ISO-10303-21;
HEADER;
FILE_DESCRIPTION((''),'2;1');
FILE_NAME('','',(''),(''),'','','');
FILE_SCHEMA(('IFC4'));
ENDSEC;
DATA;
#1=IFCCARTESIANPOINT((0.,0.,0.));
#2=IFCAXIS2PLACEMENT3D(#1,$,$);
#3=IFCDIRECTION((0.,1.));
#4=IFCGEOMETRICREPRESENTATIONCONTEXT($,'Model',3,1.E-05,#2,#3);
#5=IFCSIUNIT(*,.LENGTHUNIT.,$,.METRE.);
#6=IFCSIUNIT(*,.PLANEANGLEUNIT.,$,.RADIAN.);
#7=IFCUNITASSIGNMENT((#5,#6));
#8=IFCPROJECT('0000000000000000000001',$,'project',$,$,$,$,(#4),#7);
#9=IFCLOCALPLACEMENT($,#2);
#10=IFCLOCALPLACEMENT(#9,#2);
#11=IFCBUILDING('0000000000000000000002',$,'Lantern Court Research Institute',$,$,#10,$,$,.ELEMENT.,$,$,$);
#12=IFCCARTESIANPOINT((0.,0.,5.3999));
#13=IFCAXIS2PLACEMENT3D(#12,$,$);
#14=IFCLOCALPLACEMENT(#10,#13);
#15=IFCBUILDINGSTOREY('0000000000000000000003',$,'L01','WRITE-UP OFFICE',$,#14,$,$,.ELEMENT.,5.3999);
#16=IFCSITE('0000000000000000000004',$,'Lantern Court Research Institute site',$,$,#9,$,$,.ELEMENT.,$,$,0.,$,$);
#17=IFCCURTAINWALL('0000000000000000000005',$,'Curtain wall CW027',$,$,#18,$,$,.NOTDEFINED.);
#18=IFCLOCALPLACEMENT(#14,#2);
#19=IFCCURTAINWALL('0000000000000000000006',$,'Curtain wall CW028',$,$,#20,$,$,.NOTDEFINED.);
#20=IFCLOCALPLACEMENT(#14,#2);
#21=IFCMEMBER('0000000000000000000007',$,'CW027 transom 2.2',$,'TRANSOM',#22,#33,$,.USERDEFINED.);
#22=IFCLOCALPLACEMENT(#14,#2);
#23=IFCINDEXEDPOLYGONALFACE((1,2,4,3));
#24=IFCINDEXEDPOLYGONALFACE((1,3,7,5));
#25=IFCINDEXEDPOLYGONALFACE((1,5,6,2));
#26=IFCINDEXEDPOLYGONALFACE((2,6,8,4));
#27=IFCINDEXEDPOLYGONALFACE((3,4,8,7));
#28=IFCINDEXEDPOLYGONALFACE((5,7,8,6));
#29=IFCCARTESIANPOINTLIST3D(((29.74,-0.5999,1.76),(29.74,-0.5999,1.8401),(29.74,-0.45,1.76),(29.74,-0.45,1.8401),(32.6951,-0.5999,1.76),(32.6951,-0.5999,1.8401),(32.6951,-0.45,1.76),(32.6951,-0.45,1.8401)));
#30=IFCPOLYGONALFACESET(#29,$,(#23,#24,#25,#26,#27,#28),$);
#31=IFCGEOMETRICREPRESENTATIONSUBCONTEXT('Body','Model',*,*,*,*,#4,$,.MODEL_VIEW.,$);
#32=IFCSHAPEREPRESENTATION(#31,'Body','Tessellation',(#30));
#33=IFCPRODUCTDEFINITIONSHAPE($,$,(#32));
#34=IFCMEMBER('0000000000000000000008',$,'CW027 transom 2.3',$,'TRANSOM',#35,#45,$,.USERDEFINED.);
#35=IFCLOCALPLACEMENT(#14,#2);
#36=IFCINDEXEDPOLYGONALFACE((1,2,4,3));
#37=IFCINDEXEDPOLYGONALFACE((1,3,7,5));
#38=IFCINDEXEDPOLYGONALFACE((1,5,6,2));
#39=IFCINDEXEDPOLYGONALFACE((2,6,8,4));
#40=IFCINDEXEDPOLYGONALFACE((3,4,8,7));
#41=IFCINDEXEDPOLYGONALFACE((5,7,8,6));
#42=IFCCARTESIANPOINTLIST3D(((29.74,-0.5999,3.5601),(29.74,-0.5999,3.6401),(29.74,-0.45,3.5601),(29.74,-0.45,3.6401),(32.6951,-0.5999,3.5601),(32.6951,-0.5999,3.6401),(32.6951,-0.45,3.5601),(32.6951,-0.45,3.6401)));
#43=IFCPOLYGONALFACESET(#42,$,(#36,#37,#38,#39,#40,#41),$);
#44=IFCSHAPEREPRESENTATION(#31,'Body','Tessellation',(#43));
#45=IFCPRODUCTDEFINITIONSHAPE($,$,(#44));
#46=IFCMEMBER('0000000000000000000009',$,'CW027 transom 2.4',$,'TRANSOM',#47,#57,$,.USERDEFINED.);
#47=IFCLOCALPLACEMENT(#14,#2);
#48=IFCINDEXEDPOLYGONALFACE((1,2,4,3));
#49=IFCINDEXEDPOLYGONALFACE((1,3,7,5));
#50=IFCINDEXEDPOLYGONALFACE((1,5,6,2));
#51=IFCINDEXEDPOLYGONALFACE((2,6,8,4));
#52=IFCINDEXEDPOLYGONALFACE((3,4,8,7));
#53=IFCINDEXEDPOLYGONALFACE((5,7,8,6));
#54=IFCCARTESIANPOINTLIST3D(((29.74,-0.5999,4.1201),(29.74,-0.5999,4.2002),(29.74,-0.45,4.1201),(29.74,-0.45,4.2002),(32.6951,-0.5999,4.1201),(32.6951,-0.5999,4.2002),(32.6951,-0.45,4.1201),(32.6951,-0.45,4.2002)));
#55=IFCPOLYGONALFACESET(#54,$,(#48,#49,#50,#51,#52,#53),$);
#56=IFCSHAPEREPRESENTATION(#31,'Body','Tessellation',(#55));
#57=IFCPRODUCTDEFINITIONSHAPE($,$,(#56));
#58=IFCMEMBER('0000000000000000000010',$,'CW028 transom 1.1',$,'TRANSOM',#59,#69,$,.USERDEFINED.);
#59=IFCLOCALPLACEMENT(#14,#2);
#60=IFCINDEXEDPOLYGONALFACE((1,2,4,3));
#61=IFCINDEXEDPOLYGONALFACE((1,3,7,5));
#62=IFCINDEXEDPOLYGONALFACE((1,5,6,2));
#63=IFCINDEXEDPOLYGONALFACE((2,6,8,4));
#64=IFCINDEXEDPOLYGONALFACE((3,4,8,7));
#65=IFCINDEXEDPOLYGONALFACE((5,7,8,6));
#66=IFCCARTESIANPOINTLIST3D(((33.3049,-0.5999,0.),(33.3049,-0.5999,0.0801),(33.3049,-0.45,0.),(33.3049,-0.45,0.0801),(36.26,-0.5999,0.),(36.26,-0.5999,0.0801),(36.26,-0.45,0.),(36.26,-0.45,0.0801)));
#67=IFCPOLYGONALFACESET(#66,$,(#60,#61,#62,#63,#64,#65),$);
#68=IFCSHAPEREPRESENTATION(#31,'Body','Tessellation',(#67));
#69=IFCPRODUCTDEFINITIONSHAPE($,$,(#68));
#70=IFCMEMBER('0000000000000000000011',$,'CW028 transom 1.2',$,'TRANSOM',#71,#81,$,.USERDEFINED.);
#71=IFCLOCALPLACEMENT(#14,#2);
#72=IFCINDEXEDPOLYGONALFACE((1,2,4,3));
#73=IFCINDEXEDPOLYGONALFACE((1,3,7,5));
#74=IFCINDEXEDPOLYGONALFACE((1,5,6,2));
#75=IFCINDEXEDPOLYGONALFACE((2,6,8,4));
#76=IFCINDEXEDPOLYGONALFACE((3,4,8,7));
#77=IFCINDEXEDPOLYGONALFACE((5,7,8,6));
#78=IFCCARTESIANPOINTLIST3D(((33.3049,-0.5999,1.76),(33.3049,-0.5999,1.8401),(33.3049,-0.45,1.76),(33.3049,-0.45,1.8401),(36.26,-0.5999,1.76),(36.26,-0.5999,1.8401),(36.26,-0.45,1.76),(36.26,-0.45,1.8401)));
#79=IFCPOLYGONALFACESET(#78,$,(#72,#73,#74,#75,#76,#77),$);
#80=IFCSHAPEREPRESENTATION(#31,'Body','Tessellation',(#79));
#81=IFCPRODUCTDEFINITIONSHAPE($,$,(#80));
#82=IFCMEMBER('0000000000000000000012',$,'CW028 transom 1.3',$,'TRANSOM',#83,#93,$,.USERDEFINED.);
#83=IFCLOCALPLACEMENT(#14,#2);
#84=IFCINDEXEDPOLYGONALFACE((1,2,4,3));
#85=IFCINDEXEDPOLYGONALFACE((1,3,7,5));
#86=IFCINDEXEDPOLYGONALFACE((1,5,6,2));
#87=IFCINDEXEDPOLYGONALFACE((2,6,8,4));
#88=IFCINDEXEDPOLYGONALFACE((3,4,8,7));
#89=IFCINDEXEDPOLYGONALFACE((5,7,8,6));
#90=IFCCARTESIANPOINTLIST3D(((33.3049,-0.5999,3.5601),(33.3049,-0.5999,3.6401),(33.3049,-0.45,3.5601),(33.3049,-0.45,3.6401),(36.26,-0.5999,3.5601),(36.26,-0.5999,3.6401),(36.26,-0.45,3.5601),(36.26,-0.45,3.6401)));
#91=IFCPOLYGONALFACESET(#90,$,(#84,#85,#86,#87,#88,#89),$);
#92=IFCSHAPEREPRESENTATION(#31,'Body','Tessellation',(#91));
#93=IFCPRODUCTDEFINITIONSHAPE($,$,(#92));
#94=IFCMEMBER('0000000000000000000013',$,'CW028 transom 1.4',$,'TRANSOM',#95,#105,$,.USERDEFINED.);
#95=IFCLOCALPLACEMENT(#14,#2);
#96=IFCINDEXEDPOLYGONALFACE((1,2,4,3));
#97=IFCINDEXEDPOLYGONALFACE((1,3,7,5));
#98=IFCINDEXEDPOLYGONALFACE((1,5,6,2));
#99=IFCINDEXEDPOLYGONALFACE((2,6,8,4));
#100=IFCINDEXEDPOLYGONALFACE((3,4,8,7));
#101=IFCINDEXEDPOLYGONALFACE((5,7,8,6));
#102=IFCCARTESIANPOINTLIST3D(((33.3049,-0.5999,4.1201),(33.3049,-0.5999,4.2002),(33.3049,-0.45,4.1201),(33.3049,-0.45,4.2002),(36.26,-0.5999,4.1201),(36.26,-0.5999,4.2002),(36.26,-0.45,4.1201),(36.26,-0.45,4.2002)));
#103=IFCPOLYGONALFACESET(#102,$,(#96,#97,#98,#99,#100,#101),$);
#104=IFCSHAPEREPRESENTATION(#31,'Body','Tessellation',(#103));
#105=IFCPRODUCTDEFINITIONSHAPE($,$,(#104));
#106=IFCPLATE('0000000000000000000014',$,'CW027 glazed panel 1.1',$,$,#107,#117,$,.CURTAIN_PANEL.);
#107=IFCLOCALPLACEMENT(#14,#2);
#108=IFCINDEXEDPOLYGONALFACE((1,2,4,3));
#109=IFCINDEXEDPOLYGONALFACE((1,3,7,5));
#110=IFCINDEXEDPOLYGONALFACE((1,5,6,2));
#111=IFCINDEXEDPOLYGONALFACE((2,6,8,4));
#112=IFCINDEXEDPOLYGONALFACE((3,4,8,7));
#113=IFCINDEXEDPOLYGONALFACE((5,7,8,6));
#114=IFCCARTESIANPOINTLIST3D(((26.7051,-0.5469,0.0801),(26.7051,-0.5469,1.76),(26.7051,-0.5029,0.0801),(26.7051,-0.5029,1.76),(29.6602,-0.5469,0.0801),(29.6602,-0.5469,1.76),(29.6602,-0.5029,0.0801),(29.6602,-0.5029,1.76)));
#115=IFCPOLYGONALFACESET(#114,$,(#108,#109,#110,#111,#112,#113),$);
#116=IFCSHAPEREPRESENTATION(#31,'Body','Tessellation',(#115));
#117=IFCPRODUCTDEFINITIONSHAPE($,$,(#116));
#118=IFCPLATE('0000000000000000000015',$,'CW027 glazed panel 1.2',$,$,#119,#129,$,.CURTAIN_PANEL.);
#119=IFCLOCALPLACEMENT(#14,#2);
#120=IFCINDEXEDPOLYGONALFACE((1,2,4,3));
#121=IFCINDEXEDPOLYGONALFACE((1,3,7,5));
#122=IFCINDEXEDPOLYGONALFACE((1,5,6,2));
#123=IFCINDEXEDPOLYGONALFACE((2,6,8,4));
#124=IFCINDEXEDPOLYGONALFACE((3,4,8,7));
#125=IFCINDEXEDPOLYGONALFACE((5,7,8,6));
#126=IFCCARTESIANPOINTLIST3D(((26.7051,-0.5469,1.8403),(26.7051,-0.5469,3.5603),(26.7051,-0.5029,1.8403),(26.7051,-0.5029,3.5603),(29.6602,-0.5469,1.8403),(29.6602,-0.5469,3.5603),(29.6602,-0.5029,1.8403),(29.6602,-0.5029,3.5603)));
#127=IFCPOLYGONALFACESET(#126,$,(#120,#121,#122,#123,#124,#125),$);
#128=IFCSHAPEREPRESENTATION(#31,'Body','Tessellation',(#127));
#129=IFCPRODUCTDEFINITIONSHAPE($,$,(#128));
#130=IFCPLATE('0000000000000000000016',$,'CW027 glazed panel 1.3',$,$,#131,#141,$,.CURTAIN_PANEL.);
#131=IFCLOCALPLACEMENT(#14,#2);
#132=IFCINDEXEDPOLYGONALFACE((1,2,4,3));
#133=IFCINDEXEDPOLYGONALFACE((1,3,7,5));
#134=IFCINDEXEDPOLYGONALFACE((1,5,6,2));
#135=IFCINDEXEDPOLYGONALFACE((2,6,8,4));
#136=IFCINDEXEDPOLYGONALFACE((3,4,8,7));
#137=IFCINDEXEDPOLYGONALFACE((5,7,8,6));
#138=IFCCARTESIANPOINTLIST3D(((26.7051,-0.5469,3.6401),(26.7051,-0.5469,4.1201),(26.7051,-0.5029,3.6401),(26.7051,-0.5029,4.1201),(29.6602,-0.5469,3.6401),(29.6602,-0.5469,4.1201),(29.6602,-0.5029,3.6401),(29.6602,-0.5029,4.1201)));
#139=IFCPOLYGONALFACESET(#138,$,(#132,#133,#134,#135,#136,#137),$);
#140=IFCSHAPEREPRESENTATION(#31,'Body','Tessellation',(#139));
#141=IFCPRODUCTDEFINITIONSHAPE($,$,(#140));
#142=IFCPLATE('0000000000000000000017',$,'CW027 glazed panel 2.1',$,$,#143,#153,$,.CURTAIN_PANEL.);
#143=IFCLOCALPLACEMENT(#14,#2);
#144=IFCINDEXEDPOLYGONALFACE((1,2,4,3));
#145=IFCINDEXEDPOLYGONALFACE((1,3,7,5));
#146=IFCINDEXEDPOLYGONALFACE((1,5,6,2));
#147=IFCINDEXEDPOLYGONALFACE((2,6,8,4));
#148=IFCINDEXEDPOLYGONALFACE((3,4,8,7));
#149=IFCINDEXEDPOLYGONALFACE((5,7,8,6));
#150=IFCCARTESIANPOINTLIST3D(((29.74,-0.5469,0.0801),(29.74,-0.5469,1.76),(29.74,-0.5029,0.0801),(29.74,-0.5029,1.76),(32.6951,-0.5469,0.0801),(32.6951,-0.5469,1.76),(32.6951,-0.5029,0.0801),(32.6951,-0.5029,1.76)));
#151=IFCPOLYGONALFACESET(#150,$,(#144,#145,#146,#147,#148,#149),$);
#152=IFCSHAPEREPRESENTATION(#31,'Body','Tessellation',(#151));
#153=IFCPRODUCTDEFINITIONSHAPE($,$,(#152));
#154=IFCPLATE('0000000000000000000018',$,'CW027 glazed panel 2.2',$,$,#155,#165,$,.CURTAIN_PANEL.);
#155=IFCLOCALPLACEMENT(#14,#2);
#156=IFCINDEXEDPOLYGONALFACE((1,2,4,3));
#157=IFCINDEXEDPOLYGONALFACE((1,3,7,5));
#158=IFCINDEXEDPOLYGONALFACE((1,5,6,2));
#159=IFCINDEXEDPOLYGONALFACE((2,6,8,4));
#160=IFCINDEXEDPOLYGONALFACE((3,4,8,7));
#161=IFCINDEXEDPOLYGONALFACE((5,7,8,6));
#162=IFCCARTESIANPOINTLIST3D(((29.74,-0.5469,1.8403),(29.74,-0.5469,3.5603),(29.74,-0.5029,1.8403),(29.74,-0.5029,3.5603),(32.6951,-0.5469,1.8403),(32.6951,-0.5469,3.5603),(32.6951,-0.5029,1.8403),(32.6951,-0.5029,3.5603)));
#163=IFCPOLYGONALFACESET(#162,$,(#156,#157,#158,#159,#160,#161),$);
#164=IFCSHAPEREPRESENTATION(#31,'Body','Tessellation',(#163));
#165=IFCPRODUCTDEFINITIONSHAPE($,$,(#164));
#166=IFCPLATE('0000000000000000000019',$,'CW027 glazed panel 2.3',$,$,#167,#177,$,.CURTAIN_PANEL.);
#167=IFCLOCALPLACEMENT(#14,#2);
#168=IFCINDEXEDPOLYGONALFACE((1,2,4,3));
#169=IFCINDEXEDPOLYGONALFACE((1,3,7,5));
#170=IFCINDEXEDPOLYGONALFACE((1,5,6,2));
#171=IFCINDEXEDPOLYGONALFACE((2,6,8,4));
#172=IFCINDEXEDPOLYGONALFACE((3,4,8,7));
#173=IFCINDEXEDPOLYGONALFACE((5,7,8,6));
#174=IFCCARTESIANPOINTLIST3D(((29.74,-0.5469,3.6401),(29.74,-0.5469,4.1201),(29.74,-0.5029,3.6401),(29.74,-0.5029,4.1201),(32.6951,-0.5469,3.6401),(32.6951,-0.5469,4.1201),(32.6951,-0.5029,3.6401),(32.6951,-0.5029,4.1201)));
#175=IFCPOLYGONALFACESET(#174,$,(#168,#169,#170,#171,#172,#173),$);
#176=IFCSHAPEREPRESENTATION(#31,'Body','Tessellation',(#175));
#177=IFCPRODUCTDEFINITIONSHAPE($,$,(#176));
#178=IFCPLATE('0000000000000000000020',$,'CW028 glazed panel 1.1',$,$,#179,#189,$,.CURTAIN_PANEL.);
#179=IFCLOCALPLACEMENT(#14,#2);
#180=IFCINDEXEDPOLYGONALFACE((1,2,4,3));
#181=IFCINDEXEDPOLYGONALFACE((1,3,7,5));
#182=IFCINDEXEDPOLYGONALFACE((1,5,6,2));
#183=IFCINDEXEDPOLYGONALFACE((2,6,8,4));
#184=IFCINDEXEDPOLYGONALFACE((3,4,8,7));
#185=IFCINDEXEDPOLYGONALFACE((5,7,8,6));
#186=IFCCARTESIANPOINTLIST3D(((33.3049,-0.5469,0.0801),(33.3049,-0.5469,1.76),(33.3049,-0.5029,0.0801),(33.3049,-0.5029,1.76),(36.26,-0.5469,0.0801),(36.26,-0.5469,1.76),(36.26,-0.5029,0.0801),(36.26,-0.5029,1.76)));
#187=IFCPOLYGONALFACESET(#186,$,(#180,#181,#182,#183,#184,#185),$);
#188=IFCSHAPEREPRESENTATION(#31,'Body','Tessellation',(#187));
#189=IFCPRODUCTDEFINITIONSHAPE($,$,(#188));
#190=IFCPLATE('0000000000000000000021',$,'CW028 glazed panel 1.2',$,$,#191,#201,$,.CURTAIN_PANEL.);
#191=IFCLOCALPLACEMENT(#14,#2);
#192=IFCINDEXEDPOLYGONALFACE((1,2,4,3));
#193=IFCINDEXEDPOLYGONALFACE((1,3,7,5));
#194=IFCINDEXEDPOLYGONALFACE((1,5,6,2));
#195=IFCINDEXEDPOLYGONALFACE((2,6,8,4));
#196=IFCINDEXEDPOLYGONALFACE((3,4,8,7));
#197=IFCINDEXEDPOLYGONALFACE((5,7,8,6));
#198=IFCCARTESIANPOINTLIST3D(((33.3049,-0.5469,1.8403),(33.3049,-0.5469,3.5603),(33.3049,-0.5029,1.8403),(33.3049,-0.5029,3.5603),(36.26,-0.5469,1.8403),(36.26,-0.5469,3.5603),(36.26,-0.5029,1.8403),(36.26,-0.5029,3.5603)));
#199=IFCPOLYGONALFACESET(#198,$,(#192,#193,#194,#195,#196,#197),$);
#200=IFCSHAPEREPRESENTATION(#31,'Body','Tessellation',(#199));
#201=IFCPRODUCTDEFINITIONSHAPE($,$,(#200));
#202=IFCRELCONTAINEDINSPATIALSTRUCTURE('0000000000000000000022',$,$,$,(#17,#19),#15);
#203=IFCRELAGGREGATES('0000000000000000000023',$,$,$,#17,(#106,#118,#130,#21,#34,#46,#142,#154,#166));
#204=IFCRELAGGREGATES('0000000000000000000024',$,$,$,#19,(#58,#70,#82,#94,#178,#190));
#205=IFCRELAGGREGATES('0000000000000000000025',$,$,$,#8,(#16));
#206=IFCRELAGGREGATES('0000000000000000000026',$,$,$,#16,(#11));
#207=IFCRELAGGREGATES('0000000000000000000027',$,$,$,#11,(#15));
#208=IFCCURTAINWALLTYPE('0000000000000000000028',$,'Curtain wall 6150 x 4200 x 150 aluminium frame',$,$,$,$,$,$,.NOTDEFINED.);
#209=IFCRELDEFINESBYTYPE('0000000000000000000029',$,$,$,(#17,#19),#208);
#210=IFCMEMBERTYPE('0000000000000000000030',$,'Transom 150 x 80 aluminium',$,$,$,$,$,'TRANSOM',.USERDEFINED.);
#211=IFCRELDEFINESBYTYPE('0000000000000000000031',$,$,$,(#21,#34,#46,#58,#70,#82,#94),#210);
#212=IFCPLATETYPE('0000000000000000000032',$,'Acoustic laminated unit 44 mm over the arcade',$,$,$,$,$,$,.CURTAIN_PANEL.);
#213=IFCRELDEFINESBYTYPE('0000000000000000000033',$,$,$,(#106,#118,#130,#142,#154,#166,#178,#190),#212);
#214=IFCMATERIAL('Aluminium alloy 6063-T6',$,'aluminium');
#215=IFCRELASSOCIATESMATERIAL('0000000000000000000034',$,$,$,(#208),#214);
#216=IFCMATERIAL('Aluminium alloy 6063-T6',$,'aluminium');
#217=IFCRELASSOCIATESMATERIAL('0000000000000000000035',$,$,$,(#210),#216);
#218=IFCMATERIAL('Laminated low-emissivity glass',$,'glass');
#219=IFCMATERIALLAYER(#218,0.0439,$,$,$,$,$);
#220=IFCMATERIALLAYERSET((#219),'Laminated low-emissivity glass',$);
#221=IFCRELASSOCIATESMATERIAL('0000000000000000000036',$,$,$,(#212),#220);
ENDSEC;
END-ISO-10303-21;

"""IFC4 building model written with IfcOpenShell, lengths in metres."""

from ifc_helpers import new_model, si_unit, direction, frame, origin, origin_2d, place, context, subcontext, project, spatial, rectangle, extrude, material, layer, layer_set, material_profile, profile_set, type_object, element, aggregate, save


model = new_model("IFC4")

# Units and contexts
model_context = context("Model", 3, precision=1e-05, world=origin(), true_north=direction((0.0, 1.0)))
body_context = subcontext(model_context, "Body", "Model", "MODEL_VIEW")
ifc_project = project(units=[si_unit("LENGTHUNIT", "METRE"), si_unit("PLANEANGLEUNIT", "RADIAN")], contexts=[model_context])

# Site, building, storey
site_placement = place(None, origin())
site = spatial("IfcSite", under=ifc_project, at=site_placement, Name="Lantern Court Research Institute site", CompositionType="ELEMENT", RefElevation=0.0)
building_placement = place(site_placement, origin())
building = spatial("IfcBuilding", under=site, at=building_placement, Name="Lantern Court Research Institute", CompositionType="ELEMENT")
storey_placement = place(building_placement, frame((0.0, 0.0, 5.3999)))
storey = spatial("IfcBuildingStorey", under=building, at=storey_placement, Name="L01", Description="WRITE-UP OFFICE", CompositionType="ELEMENT", Elevation=5.3999)

# Curtain walls
ifc_material_1 = material(Name="Aluminium alloy 6063-T6", Category="aluminium")
curtain_wall_type = type_object("IfcCurtainWallType", Name="Curtain wall 6150 x 4200 x 150 aluminium frame", PredefinedType="NOTDEFINED", material=ifc_material_1)
curtain_wall_1_placement = place(storey_placement, origin())
curtain_wall_1 = element("IfcCurtainWall", 1, at=curtain_wall_1_placement, inside=storey, type_object=curtain_wall_type, Name="Curtain wall CW027", PredefinedType="NOTDEFINED")
curtain_wall_2_placement = place(storey_placement, origin())
curtain_wall_2 = element("IfcCurtainWall", 2, at=curtain_wall_2_placement, inside=storey, type_object=curtain_wall_type, Name="Curtain wall CW028", PredefinedType="NOTDEFINED")

# Members
ifc_material_2 = material(Name="Aluminium alloy 6063-T6", Category="aluminium")
ifc_material_profile_1 = material_profile(ifc_material_2, rectangle(XDim=0.1499, YDim=0.0801, at=origin_2d()), Name="Transom 150 x 80")
ifc_profile_set_1 = profile_set([ifc_material_profile_1], Name="Aluminium alloy 6063-T6")
member_type_1 = type_object("IfcMemberType", Name="Transom 150 x 80 aluminium", ElementType="TRANSOM", PredefinedType="USERDEFINED", material=ifc_profile_set_1)
member_1_placement = place(storey_placement, frame((32.6951, -0.5249, 1.8), z_axis=(-1.0, 0.0, 0.0), x_axis=(0.0, -1.0, 0.0)))
member_1 = element("IfcMember", 3, at=member_1_placement, type_object=member_type_1, Name="CW027 transom 2.2", ObjectType="TRANSOM", PredefinedType="USERDEFINED", context=body_context, shape_type="SweptSolid", body=[
    extrude(rectangle(XDim=0.1499, YDim=0.0801, at=origin_2d()), origin(), (0.0, 0.0, 1.0), 2.9551),
])
member_2_placement = place(storey_placement, frame((32.6951, -0.5249, 3.6001), z_axis=(-1.0, 0.0, 0.0), x_axis=(0.0, -1.0, 0.0)))
member_2 = element("IfcMember", 4, at=member_2_placement, type_object=member_type_1, Name="CW027 transom 2.3", ObjectType="TRANSOM", PredefinedType="USERDEFINED", context=body_context, shape_type="SweptSolid", body=[
    extrude(rectangle(XDim=0.1499, YDim=0.0801, at=origin_2d()), origin(), (0.0, 0.0, 1.0), 2.9551),
])
member_3_placement = place(storey_placement, frame((32.6951, -0.5249, 4.1602), z_axis=(-1.0, 0.0, 0.0), x_axis=(0.0, -1.0, 0.0)))
member_3 = element("IfcMember", 5, at=member_3_placement, type_object=member_type_1, Name="CW027 transom 2.4", ObjectType="TRANSOM", PredefinedType="USERDEFINED", context=body_context, shape_type="SweptSolid", body=[
    extrude(rectangle(XDim=0.1499, YDim=0.0801, at=origin_2d()), origin(), (0.0, 0.0, 1.0), 2.9551),
])
member_4_placement = place(storey_placement, frame((36.26, -0.5249, 0.04), z_axis=(-1.0, 0.0, 0.0), x_axis=(0.0, -1.0, 0.0)))
member_4 = element("IfcMember", 6, at=member_4_placement, type_object=member_type_1, Name="CW028 transom 1.1", ObjectType="TRANSOM", PredefinedType="USERDEFINED", context=body_context, shape_type="SweptSolid", body=[
    extrude(rectangle(XDim=0.1499, YDim=0.0801, at=origin_2d()), origin(), (0.0, 0.0, 1.0), 2.9551),
])
member_5_placement = place(storey_placement, frame((36.26, -0.5249, 1.8), z_axis=(-1.0, 0.0, 0.0), x_axis=(0.0, -1.0, 0.0)))
member_5 = element("IfcMember", 7, at=member_5_placement, type_object=member_type_1, Name="CW028 transom 1.2", ObjectType="TRANSOM", PredefinedType="USERDEFINED", context=body_context, shape_type="SweptSolid", body=[
    extrude(rectangle(XDim=0.1499, YDim=0.0801, at=origin_2d()), origin(), (0.0, 0.0, 1.0), 2.9551),
])
member_6_placement = place(storey_placement, frame((36.26, -0.5249, 3.6001), z_axis=(-1.0, 0.0, 0.0), x_axis=(0.0, -1.0, 0.0)))
member_6 = element("IfcMember", 8, at=member_6_placement, type_object=member_type_1, Name="CW028 transom 1.3", ObjectType="TRANSOM", PredefinedType="USERDEFINED", context=body_context, shape_type="SweptSolid", body=[
    extrude(rectangle(XDim=0.1499, YDim=0.0801, at=origin_2d()), origin(), (0.0, 0.0, 1.0), 2.9551),
])
member_7_placement = place(storey_placement, frame((36.26, -0.5249, 4.1602), z_axis=(-1.0, 0.0, 0.0), x_axis=(0.0, -1.0, 0.0)))
member_7 = element("IfcMember", 9, at=member_7_placement, type_object=member_type_1, Name="CW028 transom 1.4", ObjectType="TRANSOM", PredefinedType="USERDEFINED", context=body_context, shape_type="SweptSolid", body=[
    extrude(rectangle(XDim=0.1499, YDim=0.0801, at=origin_2d()), origin(), (0.0, 0.0, 1.0), 2.9551),
])

# Plates
ifc_material_3 = material(Name="Laminated low-emissivity glass", Category="glass")
ifc_layer_1 = layer(ifc_material_3, 0.0439)
ifc_layer_set_1 = layer_set([ifc_layer_1], Name="Laminated low-emissivity glass")
plate_type = type_object("IfcPlateType", Name="Acoustic laminated unit 44 mm over the arcade", PredefinedType="CURTAIN_PANEL", material=ifc_layer_set_1)
plate_1_placement = place(storey_placement, frame((28.1826, -0.5249, 0.0801), z_axis=(0.0, 0.0, 1.0), x_axis=(-1.0, 0.0, 0.0)))
plate_1 = element("IfcPlate", 10, at=plate_1_placement, type_object=plate_type, Name="CW027 glazed panel 1.1", PredefinedType="CURTAIN_PANEL", context=body_context, shape_type="SweptSolid", body=[
    extrude(rectangle(XDim=2.9551, YDim=0.0439, at=origin_2d()), origin(), (0.0, 0.0, 1.0), 1.6799),
])
plate_2_placement = place(storey_placement, frame((28.1826, -0.5249, 1.8403), z_axis=(0.0, 0.0, 1.0), x_axis=(-1.0, 0.0, 0.0)))
plate_2 = element("IfcPlate", 11, at=plate_2_placement, type_object=plate_type, Name="CW027 glazed panel 1.2", PredefinedType="CURTAIN_PANEL", context=body_context, shape_type="SweptSolid", body=[
    extrude(rectangle(XDim=2.9551, YDim=0.0439, at=origin_2d()), origin(), (0.0, 0.0, 1.0), 1.72),
])
plate_3_placement = place(storey_placement, frame((28.1826, -0.5249, 3.6401), z_axis=(0.0, 0.0, 1.0), x_axis=(-1.0, 0.0, 0.0)))
plate_3 = element("IfcPlate", 12, at=plate_3_placement, type_object=plate_type, Name="CW027 glazed panel 1.3", PredefinedType="CURTAIN_PANEL", context=body_context, shape_type="SweptSolid", body=[
    extrude(rectangle(XDim=2.9551, YDim=0.0439, at=origin_2d()), origin(), (0.0, 0.0, 1.0), 0.48),
])
plate_4_placement = place(storey_placement, frame((31.2175, -0.5249, 0.0801), z_axis=(0.0, 0.0, 1.0), x_axis=(-1.0, 0.0, 0.0)))
plate_4 = element("IfcPlate", 13, at=plate_4_placement, type_object=plate_type, Name="CW027 glazed panel 2.1", PredefinedType="CURTAIN_PANEL", context=body_context, shape_type="SweptSolid", body=[
    extrude(rectangle(XDim=2.9551, YDim=0.0439, at=origin_2d()), origin(), (0.0, 0.0, 1.0), 1.6799),
])
plate_5_placement = place(storey_placement, frame((31.2175, -0.5249, 1.8403), z_axis=(0.0, 0.0, 1.0), x_axis=(-1.0, 0.0, 0.0)))
plate_5 = element("IfcPlate", 14, at=plate_5_placement, type_object=plate_type, Name="CW027 glazed panel 2.2", PredefinedType="CURTAIN_PANEL", context=body_context, shape_type="SweptSolid", body=[
    extrude(rectangle(XDim=2.9551, YDim=0.0439, at=origin_2d()), origin(), (0.0, 0.0, 1.0), 1.72),
])
plate_6_placement = place(storey_placement, frame((31.2175, -0.5249, 3.6401), z_axis=(0.0, 0.0, 1.0), x_axis=(-1.0, 0.0, 0.0)))
plate_6 = element("IfcPlate", 15, at=plate_6_placement, type_object=plate_type, Name="CW027 glazed panel 2.3", PredefinedType="CURTAIN_PANEL", context=body_context, shape_type="SweptSolid", body=[
    extrude(rectangle(XDim=2.9551, YDim=0.0439, at=origin_2d()), origin(), (0.0, 0.0, 1.0), 0.48),
])
aggregate(curtain_wall_1, [plate_1, plate_2, plate_3, member_1, member_2, member_3, plate_4, plate_5, plate_6])
plate_7_placement = place(storey_placement, frame((34.7825, -0.5249, 0.0801), z_axis=(0.0, 0.0, 1.0), x_axis=(-1.0, 0.0, 0.0)))
plate_7 = element("IfcPlate", 16, at=plate_7_placement, type_object=plate_type, Name="CW028 glazed panel 1.1", PredefinedType="CURTAIN_PANEL", context=body_context, shape_type="SweptSolid", body=[
    extrude(rectangle(XDim=2.9551, YDim=0.0439, at=origin_2d()), origin(), (0.0, 0.0, 1.0), 1.6799),
])
plate_8_placement = place(storey_placement, frame((34.7825, -0.5249, 1.8403), z_axis=(0.0, 0.0, 1.0), x_axis=(-1.0, 0.0, 0.0)))
plate_8 = element("IfcPlate", 17, at=plate_8_placement, type_object=plate_type, Name="CW028 glazed panel 1.2", PredefinedType="CURTAIN_PANEL", context=body_context, shape_type="SweptSolid", body=[
    extrude(rectangle(XDim=2.9551, YDim=0.0439, at=origin_2d()), origin(), (0.0, 0.0, 1.0), 1.72),
])
aggregate(curtain_wall_2, [member_4, member_5, member_6, member_7, plate_7, plate_8])

save(model, "model.ifc")
